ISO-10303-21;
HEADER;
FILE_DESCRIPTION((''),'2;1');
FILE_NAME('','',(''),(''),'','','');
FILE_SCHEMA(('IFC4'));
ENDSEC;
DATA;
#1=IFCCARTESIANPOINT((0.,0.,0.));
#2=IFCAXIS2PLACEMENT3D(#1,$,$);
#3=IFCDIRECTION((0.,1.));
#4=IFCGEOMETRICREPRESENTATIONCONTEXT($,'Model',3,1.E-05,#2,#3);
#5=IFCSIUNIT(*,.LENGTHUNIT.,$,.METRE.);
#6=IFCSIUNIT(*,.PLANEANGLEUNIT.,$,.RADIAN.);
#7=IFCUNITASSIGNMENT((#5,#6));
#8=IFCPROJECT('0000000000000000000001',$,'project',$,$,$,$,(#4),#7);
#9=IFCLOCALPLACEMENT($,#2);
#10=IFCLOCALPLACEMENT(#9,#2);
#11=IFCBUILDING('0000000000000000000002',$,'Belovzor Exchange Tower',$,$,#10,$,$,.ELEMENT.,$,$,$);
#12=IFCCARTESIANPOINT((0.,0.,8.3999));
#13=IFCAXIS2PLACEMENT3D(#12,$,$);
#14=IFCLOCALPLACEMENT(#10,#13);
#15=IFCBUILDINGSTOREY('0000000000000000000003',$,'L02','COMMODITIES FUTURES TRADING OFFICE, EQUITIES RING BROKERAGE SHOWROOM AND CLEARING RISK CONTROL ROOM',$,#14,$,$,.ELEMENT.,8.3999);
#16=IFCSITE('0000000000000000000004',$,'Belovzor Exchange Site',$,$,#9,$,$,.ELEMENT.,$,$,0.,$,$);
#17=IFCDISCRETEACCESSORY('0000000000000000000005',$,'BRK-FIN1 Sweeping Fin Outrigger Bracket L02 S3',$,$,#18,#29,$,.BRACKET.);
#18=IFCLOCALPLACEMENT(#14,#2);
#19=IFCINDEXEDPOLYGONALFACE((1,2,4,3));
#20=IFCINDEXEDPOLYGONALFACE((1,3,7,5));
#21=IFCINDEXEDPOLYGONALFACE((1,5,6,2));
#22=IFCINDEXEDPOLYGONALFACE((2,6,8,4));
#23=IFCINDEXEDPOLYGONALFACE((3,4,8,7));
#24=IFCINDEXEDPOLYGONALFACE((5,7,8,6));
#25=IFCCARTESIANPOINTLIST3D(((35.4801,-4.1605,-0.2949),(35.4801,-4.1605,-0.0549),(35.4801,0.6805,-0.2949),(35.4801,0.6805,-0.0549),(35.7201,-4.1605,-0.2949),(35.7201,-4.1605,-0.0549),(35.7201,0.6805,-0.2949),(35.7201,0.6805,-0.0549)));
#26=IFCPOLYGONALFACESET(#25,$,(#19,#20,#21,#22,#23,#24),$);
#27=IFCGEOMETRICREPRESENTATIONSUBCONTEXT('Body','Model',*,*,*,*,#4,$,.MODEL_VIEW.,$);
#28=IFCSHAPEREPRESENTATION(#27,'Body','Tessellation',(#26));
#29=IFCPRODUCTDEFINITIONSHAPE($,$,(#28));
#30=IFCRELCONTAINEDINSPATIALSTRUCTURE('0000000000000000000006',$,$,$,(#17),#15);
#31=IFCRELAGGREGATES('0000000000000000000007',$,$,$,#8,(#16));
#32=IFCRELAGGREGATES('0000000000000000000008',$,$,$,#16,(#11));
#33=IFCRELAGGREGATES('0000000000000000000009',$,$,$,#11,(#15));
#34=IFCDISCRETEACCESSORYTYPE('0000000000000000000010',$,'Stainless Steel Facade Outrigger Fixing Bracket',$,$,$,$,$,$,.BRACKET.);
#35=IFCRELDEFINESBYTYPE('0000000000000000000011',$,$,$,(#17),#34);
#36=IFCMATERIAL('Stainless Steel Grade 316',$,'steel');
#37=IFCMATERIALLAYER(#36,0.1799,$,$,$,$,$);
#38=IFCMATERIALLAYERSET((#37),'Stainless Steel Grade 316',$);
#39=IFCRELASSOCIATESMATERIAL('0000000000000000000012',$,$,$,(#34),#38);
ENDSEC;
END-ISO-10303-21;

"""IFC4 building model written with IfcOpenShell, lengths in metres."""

from ifc_helpers import new_model, si_unit, direction, frame, origin, origin_2d, place, context, subcontext, project, spatial, rectangle, extrude, material, layer, layer_set, type_object, element, save


model = new_model("IFC4")

# Units and contexts
model_context = context("Model", 3, precision=1e-05, world=origin(), true_north=direction((0.0, 1.0)))
body_context = subcontext(model_context, "Body", "Model", "MODEL_VIEW")
ifc_project = project(units=[si_unit("LENGTHUNIT", "METRE"), si_unit("PLANEANGLEUNIT", "RADIAN")], contexts=[model_context])

# Site, building, storey
site_placement = place(None, origin())
site = spatial("IfcSite", under=ifc_project, at=site_placement, Name="Belovzor Exchange Site", CompositionType="ELEMENT", RefElevation=0.0)
building_placement = place(site_placement, origin())
building = spatial("IfcBuilding", under=site, at=building_placement, Name="Belovzor Exchange Tower", CompositionType="ELEMENT")
storey_placement = place(building_placement, frame((0.0, 0.0, 8.3999)))
storey = spatial("IfcBuildingStorey", under=building, at=storey_placement, Name="L02", Description="COMMODITIES FUTURES TRADING OFFICE, EQUITIES RING BROKERAGE SHOWROOM AND CLEARING RISK CONTROL ROOM", CompositionType="ELEMENT", Elevation=8.3999)

# Discrete accessory
ifc_material_1 = material(Name="Stainless Steel Grade 316", Category="steel")
ifc_layer_1 = layer(ifc_material_1, 0.1799)
ifc_layer_set_1 = layer_set([ifc_layer_1], Name="Stainless Steel Grade 316")
discrete_accessory_type = type_object("IfcDiscreteAccessoryType", Name="Stainless Steel Facade Outrigger Fixing Bracket", PredefinedType="BRACKET", material=ifc_layer_set_1)
discrete_accessory_placement = place(storey_placement, frame((35.6001, -1.74, -0.2949), z_axis=(0.0, 0.0, 1.0), x_axis=(0.0, 1.0, 0.0)))
element("IfcDiscreteAccessory", 1, at=discrete_accessory_placement, inside=storey, type_object=discrete_accessory_type, Name="BRK-FIN1 Sweeping Fin Outrigger Bracket L02 S3", PredefinedType="BRACKET", context=body_context, shape_type="SweptSolid", body=[
    extrude(rectangle(XDim=4.8411, YDim=0.24, at=origin_2d()), origin(), (0.0, 0.0, 1.0), 0.24),
])

save(model, "model.ifc")
